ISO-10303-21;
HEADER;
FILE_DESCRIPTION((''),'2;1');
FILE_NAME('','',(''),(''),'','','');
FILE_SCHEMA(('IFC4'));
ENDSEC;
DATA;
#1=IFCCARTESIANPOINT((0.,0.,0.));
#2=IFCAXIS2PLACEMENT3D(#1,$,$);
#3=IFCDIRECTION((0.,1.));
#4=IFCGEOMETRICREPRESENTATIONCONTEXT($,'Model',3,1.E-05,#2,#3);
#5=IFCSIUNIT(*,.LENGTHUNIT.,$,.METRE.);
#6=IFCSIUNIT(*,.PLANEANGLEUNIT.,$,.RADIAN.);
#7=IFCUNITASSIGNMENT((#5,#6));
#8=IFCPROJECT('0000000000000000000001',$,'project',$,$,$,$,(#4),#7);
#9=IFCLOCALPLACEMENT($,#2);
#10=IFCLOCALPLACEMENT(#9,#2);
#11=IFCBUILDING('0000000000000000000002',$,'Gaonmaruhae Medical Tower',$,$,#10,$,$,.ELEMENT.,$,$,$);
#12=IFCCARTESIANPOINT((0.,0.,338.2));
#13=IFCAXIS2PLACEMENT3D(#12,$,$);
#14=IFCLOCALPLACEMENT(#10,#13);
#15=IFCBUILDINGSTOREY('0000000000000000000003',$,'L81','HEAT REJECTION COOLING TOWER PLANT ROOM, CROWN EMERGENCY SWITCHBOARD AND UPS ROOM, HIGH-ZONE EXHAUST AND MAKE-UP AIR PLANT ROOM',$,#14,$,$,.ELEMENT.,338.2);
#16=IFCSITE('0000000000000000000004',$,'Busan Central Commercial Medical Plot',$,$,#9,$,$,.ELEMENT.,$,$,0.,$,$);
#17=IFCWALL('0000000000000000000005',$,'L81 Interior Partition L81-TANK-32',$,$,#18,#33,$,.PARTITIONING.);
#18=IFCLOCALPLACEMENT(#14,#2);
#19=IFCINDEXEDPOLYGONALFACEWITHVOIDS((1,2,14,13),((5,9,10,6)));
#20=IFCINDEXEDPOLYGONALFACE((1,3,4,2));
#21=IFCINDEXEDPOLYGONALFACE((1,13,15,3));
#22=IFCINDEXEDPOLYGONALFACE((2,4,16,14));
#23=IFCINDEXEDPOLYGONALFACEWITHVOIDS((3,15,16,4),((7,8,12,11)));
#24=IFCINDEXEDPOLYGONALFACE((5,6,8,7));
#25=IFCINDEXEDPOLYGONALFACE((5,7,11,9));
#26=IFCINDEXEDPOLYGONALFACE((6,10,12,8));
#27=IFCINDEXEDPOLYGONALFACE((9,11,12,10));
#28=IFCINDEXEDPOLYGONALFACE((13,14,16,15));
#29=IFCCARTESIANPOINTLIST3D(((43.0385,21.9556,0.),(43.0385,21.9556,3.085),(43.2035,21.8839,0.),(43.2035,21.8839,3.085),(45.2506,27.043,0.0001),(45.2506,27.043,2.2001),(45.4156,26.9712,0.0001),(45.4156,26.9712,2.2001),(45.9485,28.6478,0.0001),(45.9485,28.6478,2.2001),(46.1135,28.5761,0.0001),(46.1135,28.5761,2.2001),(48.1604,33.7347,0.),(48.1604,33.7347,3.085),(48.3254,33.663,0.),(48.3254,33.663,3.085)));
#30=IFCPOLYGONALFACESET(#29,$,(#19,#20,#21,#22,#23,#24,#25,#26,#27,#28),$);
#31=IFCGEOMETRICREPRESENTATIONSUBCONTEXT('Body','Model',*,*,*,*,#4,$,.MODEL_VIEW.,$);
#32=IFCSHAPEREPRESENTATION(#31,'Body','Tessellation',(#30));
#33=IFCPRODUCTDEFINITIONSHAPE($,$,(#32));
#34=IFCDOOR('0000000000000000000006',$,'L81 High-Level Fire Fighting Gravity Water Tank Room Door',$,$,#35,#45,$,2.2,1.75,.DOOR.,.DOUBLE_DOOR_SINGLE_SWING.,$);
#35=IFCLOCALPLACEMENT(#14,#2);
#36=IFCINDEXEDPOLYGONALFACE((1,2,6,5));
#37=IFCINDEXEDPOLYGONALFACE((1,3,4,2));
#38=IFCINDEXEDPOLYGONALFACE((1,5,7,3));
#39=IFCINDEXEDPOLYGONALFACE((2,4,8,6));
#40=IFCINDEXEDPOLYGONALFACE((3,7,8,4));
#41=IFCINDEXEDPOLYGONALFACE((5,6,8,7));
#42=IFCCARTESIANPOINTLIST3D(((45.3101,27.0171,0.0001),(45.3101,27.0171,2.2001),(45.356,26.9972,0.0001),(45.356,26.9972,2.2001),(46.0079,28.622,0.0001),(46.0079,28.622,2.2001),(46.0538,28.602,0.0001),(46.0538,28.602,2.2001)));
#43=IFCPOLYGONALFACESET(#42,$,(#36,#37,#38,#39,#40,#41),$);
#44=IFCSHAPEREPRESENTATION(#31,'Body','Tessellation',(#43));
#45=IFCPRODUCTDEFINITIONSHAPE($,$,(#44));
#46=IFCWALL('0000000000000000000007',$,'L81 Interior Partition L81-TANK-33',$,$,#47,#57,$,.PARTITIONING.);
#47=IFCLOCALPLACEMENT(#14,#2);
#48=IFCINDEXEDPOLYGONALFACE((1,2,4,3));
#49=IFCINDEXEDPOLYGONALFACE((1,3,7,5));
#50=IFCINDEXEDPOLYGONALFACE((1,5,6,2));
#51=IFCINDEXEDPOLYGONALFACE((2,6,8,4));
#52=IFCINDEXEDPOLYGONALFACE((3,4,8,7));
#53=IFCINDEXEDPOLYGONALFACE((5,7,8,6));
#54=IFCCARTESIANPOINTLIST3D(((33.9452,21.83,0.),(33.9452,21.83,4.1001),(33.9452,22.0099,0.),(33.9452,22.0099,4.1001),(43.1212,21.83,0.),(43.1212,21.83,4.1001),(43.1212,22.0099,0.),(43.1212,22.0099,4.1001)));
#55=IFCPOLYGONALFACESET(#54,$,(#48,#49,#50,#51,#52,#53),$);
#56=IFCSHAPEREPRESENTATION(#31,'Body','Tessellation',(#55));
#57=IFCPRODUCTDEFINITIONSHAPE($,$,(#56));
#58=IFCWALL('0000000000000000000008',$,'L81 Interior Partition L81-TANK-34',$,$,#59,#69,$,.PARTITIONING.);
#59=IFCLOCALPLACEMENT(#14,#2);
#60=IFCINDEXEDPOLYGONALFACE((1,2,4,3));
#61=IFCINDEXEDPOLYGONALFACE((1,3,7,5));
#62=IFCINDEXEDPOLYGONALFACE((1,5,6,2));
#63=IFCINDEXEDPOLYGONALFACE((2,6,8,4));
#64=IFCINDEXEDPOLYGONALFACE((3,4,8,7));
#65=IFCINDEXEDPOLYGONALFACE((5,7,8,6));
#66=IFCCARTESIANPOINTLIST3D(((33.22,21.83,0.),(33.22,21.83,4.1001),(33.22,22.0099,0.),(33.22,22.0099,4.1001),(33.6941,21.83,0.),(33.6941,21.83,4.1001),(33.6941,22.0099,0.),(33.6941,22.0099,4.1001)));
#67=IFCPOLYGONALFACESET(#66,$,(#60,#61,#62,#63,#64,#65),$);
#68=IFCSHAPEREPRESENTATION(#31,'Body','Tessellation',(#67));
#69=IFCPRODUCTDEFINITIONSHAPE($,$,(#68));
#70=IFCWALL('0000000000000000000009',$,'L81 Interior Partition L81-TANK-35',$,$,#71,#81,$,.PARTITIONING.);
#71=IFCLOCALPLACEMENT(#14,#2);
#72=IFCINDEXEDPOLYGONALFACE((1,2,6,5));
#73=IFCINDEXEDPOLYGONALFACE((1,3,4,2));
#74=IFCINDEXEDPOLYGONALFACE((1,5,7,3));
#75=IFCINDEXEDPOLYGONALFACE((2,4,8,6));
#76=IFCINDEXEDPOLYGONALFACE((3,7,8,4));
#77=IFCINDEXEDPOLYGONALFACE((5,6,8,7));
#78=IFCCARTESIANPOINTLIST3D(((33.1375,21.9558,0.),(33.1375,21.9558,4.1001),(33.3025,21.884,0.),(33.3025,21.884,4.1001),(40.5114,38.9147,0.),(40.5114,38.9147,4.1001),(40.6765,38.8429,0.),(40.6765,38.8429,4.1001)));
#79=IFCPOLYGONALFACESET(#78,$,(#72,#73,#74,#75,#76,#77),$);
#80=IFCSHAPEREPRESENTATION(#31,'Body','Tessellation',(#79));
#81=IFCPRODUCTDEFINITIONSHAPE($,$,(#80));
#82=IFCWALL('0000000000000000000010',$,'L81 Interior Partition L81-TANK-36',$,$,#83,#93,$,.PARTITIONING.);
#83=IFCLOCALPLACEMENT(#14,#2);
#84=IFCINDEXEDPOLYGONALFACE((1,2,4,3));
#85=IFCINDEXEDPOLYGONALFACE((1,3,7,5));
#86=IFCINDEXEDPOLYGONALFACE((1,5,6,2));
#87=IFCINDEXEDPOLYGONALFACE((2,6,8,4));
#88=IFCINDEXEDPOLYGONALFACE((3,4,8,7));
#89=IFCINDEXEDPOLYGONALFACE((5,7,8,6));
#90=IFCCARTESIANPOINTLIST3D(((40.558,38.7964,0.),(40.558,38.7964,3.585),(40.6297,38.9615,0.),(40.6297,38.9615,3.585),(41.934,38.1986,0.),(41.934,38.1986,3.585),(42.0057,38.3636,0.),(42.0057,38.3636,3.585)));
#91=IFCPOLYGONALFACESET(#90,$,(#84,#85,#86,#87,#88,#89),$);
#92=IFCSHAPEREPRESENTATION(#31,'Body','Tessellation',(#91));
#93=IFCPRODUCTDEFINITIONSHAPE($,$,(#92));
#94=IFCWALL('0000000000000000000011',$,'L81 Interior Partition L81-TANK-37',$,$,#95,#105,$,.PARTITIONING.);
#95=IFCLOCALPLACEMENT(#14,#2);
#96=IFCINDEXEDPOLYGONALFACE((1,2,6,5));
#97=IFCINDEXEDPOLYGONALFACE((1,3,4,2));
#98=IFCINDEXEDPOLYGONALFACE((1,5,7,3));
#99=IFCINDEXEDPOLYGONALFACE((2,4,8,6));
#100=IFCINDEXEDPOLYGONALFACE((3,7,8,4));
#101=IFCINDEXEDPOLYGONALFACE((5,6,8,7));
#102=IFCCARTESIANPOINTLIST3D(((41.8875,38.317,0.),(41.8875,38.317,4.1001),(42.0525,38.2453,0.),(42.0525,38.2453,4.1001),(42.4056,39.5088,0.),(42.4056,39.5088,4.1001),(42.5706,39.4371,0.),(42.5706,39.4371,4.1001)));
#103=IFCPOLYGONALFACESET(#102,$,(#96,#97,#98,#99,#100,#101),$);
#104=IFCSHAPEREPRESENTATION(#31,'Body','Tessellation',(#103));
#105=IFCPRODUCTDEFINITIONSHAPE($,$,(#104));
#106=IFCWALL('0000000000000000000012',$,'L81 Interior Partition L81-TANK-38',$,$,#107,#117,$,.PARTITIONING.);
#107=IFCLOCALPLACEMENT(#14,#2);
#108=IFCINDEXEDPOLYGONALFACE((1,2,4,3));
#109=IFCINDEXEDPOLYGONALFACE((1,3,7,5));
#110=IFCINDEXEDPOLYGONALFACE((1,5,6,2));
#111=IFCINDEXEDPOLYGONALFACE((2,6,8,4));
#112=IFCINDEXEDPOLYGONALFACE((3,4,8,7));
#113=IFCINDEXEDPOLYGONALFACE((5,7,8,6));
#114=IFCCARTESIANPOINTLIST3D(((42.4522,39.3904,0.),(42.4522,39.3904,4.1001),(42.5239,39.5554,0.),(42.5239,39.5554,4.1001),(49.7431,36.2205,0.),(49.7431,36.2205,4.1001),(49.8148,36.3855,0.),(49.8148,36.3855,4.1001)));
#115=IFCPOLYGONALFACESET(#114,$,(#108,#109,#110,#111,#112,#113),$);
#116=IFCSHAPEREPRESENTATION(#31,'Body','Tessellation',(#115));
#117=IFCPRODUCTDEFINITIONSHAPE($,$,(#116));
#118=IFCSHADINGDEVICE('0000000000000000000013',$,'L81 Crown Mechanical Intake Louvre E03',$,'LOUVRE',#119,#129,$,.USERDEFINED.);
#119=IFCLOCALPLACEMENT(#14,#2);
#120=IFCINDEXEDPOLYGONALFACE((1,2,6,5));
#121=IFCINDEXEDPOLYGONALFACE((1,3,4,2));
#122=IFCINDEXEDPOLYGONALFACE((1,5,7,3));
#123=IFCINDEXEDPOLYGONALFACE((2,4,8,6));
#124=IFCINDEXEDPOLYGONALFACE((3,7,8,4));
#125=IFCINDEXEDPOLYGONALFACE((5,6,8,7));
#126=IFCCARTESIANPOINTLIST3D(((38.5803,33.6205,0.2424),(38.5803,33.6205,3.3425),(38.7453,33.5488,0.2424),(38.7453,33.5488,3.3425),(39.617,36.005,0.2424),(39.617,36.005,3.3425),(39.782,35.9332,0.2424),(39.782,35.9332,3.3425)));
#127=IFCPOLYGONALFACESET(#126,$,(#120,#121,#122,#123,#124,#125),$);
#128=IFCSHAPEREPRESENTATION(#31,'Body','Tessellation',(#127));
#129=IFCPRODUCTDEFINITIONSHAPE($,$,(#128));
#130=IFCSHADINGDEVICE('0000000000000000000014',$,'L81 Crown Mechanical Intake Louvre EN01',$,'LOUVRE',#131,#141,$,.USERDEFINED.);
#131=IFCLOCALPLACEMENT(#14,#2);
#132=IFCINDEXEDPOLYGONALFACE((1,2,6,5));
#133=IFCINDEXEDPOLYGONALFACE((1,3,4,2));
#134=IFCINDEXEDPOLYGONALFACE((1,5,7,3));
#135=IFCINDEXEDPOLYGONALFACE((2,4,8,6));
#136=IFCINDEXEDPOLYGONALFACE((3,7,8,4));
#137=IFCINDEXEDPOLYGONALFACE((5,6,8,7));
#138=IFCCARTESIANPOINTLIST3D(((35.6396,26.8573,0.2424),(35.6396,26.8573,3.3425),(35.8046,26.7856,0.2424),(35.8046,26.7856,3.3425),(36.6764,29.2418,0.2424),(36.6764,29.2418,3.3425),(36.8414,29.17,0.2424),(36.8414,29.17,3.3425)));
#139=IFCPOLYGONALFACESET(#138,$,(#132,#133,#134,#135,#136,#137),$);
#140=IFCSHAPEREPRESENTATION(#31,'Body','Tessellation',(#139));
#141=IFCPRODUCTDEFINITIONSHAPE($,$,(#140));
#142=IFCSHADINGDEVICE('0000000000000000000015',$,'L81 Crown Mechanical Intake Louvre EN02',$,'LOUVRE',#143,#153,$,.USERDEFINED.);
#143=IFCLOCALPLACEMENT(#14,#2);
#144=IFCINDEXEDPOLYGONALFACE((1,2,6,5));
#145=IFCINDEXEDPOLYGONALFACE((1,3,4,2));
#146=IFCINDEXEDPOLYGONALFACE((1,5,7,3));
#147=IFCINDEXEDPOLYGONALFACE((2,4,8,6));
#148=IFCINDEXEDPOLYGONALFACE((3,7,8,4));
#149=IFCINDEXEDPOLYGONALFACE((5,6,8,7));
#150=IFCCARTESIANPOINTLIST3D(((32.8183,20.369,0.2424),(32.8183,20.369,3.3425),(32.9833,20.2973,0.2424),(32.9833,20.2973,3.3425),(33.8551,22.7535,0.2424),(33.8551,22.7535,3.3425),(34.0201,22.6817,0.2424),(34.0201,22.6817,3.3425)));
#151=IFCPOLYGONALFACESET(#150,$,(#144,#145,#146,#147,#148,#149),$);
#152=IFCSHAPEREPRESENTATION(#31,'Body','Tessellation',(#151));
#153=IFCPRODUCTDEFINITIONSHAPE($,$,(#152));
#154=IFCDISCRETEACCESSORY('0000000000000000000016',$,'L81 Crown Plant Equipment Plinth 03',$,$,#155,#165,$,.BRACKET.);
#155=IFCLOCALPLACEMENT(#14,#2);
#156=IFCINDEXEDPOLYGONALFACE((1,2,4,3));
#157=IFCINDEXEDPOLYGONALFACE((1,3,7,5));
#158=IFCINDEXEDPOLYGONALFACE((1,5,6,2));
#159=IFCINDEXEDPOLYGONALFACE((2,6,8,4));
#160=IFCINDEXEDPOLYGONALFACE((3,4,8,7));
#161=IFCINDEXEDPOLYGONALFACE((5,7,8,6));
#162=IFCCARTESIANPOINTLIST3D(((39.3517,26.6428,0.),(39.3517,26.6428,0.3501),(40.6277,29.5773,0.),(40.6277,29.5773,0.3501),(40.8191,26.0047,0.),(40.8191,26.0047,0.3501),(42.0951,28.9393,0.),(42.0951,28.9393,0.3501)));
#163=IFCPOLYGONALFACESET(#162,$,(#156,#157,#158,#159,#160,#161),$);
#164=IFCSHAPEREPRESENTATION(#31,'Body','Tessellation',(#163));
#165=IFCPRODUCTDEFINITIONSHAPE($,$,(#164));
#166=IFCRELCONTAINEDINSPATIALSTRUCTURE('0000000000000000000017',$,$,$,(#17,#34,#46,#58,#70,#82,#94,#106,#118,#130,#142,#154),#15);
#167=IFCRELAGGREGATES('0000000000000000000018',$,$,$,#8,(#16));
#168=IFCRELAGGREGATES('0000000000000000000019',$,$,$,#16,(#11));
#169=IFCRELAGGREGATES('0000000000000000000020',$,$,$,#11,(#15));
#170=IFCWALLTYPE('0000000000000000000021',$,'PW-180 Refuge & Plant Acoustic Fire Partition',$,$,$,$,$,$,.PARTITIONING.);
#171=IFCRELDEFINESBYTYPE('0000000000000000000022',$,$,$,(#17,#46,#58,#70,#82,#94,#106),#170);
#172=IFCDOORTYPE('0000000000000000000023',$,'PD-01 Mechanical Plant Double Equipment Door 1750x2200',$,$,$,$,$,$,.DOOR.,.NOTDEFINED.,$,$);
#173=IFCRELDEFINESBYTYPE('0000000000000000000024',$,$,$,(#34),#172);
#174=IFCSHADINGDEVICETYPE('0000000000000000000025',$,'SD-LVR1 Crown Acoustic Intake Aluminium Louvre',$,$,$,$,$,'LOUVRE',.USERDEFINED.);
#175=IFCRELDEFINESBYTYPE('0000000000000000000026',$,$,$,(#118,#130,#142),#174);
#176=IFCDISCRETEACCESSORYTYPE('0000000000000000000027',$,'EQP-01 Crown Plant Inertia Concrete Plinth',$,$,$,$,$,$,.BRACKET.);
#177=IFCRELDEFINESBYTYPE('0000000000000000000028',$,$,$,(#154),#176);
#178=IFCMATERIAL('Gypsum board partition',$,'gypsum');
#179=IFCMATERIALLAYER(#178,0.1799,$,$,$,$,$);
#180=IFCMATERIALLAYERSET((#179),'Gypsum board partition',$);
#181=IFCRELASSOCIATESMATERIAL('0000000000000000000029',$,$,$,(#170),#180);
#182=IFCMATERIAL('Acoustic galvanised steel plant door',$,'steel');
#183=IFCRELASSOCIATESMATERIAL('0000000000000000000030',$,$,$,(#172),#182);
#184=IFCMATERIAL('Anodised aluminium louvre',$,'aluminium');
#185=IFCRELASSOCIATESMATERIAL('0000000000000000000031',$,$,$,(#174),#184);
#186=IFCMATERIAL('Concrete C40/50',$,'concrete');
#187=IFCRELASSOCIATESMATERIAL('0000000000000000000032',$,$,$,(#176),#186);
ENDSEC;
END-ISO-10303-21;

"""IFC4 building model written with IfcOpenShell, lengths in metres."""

from ifc_helpers import new_model, si_unit, direction, frame, frame_2d, origin, origin_2d, place, context, subcontext, project, spatial, rectangle, extrude, material, layer, layer_set, type_object, element, fill, save


model = new_model("IFC4")

# Units and contexts
model_context = context("Model", 3, precision=1e-05, world=origin(), true_north=direction((0.0, 1.0)))
body_context = subcontext(model_context, "Body", "Model", "MODEL_VIEW")
ifc_project = project(units=[si_unit("LENGTHUNIT", "METRE"), si_unit("PLANEANGLEUNIT", "RADIAN")], contexts=[model_context])

# Site, building, storey
site_placement = place(None, origin())
site = spatial("IfcSite", under=ifc_project, at=site_placement, Name="Busan Central Commercial Medical Plot", CompositionType="ELEMENT", RefElevation=0.0)
building_placement = place(site_placement, origin())
building = spatial("IfcBuilding", under=site, at=building_placement, Name="Gaonmaruhae Medical Tower", CompositionType="ELEMENT")
storey_placement = place(building_placement, frame((0.0, 0.0, 338.2)))
storey = spatial("IfcBuildingStorey", under=building, at=storey_placement, Name="L81", Description="HEAT REJECTION COOLING TOWER PLANT ROOM, CROWN EMERGENCY SWITCHBOARD AND UPS ROOM, HIGH-ZONE EXHAUST AND MAKE-UP AIR PLANT ROOM", CompositionType="ELEMENT", Elevation=338.2)

# Shared definitions
ifc_material_1 = material(Name="Gypsum board partition", Category="gypsum")
ifc_layer_1 = layer(ifc_material_1, 0.1799)
ifc_layer_set_1 = layer_set([ifc_layer_1], Name="Gypsum board partition")
wall_type_1 = type_object("IfcWallType", Name="PW-180 Refuge & Plant Acoustic Fire Partition", PredefinedType="PARTITIONING", material=ifc_layer_set_1)

# Wall, opening, door
ifc_material_2 = material(Name="Acoustic galvanised steel plant door", Category="steel")
door_type = type_object("IfcDoorType", Name="PD-01 Mechanical Plant Double Equipment Door 1750x2200", OperationType="NOTDEFINED", PredefinedType="DOOR", material=ifc_material_2)
wall_1_placement = place(storey_placement, frame((48.2429, 33.699, 0.0), z_axis=(0.0, 0.0, 1.0), x_axis=(-0.398759, -0.917056, 0.0)))
wall_1 = element("IfcWall", 1, at=wall_1_placement, inside=storey, type_object=wall_type_1, Name="L81 Interior Partition L81-TANK-32", PredefinedType="PARTITIONING", context=body_context, shape_type="SweptSolid", body=[
    extrude(rectangle(XDim=12.8445, YDim=0.1799, at=frame_2d((6.4224, 0.0))), origin(), (0.0, 0.0, 1.0), 3.085),
])
opening_1_placement = place(wall_1_placement, frame((5.5471, 0.0, 0.0)))
opening_1 = element("IfcOpeningElement", 2, at=opening_1_placement, cuts=wall_1, PredefinedType="OPENING", context=body_context, shape_type="SweptSolid", body=[
    extrude(rectangle(XDim=1.75, YDim=2.2, at=frame_2d((0.875, 1.1001))), frame((0.0, 0.1001, 0.0), z_axis=(0.0, -1.0, 0.0), x_axis=(1.0, 0.0, 0.0)), (0.0, 0.0, 1.0), 0.2),
])
door_1_placement = place(opening_1_placement, origin())
door_1 = element("IfcDoor", 3, at=door_1_placement, inside=storey, type_object=door_type, Name="L81 High-Level Fire Fighting Gravity Water Tank Room Door", OperationType="DOUBLE_DOOR_SINGLE_SWING", OverallHeight=2.2, OverallWidth=1.75, PredefinedType="DOOR", context=body_context, shape_type="SweptSolid", body=[
    extrude(rectangle(XDim=1.75, YDim=2.2, at=frame_2d((0.875, 1.1001))), frame((0.0, 0.0249, 0.0), z_axis=(0.0, -1.0, 0.0), x_axis=(1.0, 0.0, 0.0)), (0.0, 0.0, 1.0), 0.05),
])
fill(opening_1, door_1)

# Walls
wall_2_placement = place(storey_placement, frame((43.1211, 21.9199, 0.0), z_axis=(0.0, 0.0, 1.0), x_axis=(-1.0, 0.0, 0.0)))
element("IfcWall", 4, at=wall_2_placement, inside=storey, type_object=wall_type_1, Name="L81 Interior Partition L81-TANK-33", PredefinedType="PARTITIONING", context=body_context, shape_type="SweptSolid", body=[
    extrude(rectangle(XDim=9.176, YDim=0.1799, at=frame_2d((4.5879, 0.0))), origin(), (0.0, 0.0, 1.0), 4.1001),
])
wall_3_placement = place(storey_placement, frame((33.6941, 21.9199, 0.0), z_axis=(0.0, 0.0, 1.0), x_axis=(-1.0, 0.0, 0.0)))
element("IfcWall", 5, at=wall_3_placement, inside=storey, type_object=wall_type_1, Name="L81 Interior Partition L81-TANK-34", PredefinedType="PARTITIONING", context=body_context, shape_type="SweptSolid", body=[
    extrude(rectangle(XDim=0.4741, YDim=0.1799, at=frame_2d((0.2371, 0.0))), origin(), (0.0, 0.0, 1.0), 4.1001),
])
wall_4_placement = place(storey_placement, frame((33.22, 21.9199, 0.0), z_axis=(0.0, 0.0, 1.0), x_axis=(0.398751, 0.917059, 0.0)))
element("IfcWall", 6, at=wall_4_placement, inside=storey, type_object=wall_type_1, Name="L81 Interior Partition L81-TANK-35", PredefinedType="PARTITIONING", context=body_context, shape_type="SweptSolid", body=[
    extrude(rectangle(XDim=18.4927, YDim=0.1799, at=frame_2d((9.2463, 0.0))), origin(), (0.0, 0.0, 1.0), 4.1001),
])
wall_5_placement = place(storey_placement, frame((40.594, 38.8789, 0.0), z_axis=(0.0, 0.0, 1.0), x_axis=(0.917155, -0.39853, 0.0)))
element("IfcWall", 7, at=wall_5_placement, inside=storey, type_object=wall_type_1, Name="L81 Interior Partition L81-TANK-36", PredefinedType="PARTITIONING", context=body_context, shape_type="SweptSolid", body=[
    extrude(rectangle(XDim=1.5002, YDim=0.1799, at=frame_2d((0.75, 0.0))), origin(), (0.0, 0.0, 1.0), 3.585),
])
wall_6_placement = place(storey_placement, frame((41.97, 38.281, 0.0), z_axis=(0.0, 0.0, 1.0), x_axis=(0.39863, 0.917112, 0.0)))
element("IfcWall", 8, at=wall_6_placement, inside=storey, type_object=wall_type_1, Name="L81 Interior Partition L81-TANK-37", PredefinedType="PARTITIONING", context=body_context, shape_type="SweptSolid", body=[
    extrude(rectangle(XDim=1.2996, YDim=0.1799, at=frame_2d((0.6499, 0.0))), origin(), (0.0, 0.0, 1.0), 4.1001),
])
wall_7_placement = place(storey_placement, frame((42.488, 39.4729, 0.0), z_axis=(0.0, 0.0, 1.0), x_axis=(0.917074, -0.398717, 0.0)))
element("IfcWall", 9, at=wall_7_placement, inside=storey, type_object=wall_type_1, Name="L81 Interior Partition L81-TANK-38", PredefinedType="PARTITIONING", context=body_context, shape_type="SweptSolid", body=[
    extrude(rectangle(XDim=7.9502, YDim=0.1799, at=frame_2d((3.9751, 0.0))), origin(), (0.0, 0.0, 1.0), 4.1001),
])

# Shading devices
ifc_material_3 = material(Name="Anodised aluminium louvre", Category="aluminium")
shading_device_type = type_object("IfcShadingDeviceType", Name="SD-LVR1 Crown Acoustic Intake Aluminium Louvre", ElementType="LOUVRE", PredefinedType="USERDEFINED", material=ifc_material_3)
for number, where, z_axis, x_axis, name in (
    (10, (39.1812, 34.7769, 0.2424), (0.0, 0.0, 1.0), (0.398749, 0.91706, 0.0), "L81 Crown Mechanical Intake Louvre E03"),
    (11, (36.2405, 28.0137, 0.2424), (0.0, 0.0, 1.0), (0.398749, 0.91706, 0.0), "L81 Crown Mechanical Intake Louvre EN01"),
    (12, (33.4192, 21.5254, 0.2424), (0.0, 0.0, 1.0), (0.398749, 0.91706, 0.0), "L81 Crown Mechanical Intake Louvre EN02"),
):
    element("IfcShadingDevice", number, at=place(storey_placement, frame(where, z_axis=z_axis, x_axis=x_axis)), inside=storey, type_object=shading_device_type, Name=name, ObjectType="LOUVRE", PredefinedType="USERDEFINED", context=body_context, shape_type="SweptSolid", body=[
        extrude(rectangle(XDim=2.6001, YDim=0.1799, at=origin_2d()), origin(), (0.0, 0.0, 1.0), 3.1001),
    ])

# Discrete accessory
ifc_material_4 = material(Name="Concrete C40/50", Category="concrete")
discrete_accessory_type = type_object("IfcDiscreteAccessoryType", Name="EQP-01 Crown Plant Inertia Concrete Plinth", PredefinedType="BRACKET", material=ifc_material_4)
discrete_accessory_placement = place(storey_placement, frame((40.7234, 27.791, 0.0), z_axis=(0.0, 0.0, 1.0), x_axis=(0.398749, 0.91706, 0.0)))
element("IfcDiscreteAccessory", 13, at=discrete_accessory_placement, inside=storey, type_object=discrete_accessory_type, Name="L81 Crown Plant Equipment Plinth 03", PredefinedType="BRACKET", context=body_context, shape_type="SweptSolid", body=[
    extrude(rectangle(XDim=3.2, YDim=1.6001, at=origin_2d()), origin(), (0.0, 0.0, 1.0), 0.3501),
])

save(model, "model.ifc")
